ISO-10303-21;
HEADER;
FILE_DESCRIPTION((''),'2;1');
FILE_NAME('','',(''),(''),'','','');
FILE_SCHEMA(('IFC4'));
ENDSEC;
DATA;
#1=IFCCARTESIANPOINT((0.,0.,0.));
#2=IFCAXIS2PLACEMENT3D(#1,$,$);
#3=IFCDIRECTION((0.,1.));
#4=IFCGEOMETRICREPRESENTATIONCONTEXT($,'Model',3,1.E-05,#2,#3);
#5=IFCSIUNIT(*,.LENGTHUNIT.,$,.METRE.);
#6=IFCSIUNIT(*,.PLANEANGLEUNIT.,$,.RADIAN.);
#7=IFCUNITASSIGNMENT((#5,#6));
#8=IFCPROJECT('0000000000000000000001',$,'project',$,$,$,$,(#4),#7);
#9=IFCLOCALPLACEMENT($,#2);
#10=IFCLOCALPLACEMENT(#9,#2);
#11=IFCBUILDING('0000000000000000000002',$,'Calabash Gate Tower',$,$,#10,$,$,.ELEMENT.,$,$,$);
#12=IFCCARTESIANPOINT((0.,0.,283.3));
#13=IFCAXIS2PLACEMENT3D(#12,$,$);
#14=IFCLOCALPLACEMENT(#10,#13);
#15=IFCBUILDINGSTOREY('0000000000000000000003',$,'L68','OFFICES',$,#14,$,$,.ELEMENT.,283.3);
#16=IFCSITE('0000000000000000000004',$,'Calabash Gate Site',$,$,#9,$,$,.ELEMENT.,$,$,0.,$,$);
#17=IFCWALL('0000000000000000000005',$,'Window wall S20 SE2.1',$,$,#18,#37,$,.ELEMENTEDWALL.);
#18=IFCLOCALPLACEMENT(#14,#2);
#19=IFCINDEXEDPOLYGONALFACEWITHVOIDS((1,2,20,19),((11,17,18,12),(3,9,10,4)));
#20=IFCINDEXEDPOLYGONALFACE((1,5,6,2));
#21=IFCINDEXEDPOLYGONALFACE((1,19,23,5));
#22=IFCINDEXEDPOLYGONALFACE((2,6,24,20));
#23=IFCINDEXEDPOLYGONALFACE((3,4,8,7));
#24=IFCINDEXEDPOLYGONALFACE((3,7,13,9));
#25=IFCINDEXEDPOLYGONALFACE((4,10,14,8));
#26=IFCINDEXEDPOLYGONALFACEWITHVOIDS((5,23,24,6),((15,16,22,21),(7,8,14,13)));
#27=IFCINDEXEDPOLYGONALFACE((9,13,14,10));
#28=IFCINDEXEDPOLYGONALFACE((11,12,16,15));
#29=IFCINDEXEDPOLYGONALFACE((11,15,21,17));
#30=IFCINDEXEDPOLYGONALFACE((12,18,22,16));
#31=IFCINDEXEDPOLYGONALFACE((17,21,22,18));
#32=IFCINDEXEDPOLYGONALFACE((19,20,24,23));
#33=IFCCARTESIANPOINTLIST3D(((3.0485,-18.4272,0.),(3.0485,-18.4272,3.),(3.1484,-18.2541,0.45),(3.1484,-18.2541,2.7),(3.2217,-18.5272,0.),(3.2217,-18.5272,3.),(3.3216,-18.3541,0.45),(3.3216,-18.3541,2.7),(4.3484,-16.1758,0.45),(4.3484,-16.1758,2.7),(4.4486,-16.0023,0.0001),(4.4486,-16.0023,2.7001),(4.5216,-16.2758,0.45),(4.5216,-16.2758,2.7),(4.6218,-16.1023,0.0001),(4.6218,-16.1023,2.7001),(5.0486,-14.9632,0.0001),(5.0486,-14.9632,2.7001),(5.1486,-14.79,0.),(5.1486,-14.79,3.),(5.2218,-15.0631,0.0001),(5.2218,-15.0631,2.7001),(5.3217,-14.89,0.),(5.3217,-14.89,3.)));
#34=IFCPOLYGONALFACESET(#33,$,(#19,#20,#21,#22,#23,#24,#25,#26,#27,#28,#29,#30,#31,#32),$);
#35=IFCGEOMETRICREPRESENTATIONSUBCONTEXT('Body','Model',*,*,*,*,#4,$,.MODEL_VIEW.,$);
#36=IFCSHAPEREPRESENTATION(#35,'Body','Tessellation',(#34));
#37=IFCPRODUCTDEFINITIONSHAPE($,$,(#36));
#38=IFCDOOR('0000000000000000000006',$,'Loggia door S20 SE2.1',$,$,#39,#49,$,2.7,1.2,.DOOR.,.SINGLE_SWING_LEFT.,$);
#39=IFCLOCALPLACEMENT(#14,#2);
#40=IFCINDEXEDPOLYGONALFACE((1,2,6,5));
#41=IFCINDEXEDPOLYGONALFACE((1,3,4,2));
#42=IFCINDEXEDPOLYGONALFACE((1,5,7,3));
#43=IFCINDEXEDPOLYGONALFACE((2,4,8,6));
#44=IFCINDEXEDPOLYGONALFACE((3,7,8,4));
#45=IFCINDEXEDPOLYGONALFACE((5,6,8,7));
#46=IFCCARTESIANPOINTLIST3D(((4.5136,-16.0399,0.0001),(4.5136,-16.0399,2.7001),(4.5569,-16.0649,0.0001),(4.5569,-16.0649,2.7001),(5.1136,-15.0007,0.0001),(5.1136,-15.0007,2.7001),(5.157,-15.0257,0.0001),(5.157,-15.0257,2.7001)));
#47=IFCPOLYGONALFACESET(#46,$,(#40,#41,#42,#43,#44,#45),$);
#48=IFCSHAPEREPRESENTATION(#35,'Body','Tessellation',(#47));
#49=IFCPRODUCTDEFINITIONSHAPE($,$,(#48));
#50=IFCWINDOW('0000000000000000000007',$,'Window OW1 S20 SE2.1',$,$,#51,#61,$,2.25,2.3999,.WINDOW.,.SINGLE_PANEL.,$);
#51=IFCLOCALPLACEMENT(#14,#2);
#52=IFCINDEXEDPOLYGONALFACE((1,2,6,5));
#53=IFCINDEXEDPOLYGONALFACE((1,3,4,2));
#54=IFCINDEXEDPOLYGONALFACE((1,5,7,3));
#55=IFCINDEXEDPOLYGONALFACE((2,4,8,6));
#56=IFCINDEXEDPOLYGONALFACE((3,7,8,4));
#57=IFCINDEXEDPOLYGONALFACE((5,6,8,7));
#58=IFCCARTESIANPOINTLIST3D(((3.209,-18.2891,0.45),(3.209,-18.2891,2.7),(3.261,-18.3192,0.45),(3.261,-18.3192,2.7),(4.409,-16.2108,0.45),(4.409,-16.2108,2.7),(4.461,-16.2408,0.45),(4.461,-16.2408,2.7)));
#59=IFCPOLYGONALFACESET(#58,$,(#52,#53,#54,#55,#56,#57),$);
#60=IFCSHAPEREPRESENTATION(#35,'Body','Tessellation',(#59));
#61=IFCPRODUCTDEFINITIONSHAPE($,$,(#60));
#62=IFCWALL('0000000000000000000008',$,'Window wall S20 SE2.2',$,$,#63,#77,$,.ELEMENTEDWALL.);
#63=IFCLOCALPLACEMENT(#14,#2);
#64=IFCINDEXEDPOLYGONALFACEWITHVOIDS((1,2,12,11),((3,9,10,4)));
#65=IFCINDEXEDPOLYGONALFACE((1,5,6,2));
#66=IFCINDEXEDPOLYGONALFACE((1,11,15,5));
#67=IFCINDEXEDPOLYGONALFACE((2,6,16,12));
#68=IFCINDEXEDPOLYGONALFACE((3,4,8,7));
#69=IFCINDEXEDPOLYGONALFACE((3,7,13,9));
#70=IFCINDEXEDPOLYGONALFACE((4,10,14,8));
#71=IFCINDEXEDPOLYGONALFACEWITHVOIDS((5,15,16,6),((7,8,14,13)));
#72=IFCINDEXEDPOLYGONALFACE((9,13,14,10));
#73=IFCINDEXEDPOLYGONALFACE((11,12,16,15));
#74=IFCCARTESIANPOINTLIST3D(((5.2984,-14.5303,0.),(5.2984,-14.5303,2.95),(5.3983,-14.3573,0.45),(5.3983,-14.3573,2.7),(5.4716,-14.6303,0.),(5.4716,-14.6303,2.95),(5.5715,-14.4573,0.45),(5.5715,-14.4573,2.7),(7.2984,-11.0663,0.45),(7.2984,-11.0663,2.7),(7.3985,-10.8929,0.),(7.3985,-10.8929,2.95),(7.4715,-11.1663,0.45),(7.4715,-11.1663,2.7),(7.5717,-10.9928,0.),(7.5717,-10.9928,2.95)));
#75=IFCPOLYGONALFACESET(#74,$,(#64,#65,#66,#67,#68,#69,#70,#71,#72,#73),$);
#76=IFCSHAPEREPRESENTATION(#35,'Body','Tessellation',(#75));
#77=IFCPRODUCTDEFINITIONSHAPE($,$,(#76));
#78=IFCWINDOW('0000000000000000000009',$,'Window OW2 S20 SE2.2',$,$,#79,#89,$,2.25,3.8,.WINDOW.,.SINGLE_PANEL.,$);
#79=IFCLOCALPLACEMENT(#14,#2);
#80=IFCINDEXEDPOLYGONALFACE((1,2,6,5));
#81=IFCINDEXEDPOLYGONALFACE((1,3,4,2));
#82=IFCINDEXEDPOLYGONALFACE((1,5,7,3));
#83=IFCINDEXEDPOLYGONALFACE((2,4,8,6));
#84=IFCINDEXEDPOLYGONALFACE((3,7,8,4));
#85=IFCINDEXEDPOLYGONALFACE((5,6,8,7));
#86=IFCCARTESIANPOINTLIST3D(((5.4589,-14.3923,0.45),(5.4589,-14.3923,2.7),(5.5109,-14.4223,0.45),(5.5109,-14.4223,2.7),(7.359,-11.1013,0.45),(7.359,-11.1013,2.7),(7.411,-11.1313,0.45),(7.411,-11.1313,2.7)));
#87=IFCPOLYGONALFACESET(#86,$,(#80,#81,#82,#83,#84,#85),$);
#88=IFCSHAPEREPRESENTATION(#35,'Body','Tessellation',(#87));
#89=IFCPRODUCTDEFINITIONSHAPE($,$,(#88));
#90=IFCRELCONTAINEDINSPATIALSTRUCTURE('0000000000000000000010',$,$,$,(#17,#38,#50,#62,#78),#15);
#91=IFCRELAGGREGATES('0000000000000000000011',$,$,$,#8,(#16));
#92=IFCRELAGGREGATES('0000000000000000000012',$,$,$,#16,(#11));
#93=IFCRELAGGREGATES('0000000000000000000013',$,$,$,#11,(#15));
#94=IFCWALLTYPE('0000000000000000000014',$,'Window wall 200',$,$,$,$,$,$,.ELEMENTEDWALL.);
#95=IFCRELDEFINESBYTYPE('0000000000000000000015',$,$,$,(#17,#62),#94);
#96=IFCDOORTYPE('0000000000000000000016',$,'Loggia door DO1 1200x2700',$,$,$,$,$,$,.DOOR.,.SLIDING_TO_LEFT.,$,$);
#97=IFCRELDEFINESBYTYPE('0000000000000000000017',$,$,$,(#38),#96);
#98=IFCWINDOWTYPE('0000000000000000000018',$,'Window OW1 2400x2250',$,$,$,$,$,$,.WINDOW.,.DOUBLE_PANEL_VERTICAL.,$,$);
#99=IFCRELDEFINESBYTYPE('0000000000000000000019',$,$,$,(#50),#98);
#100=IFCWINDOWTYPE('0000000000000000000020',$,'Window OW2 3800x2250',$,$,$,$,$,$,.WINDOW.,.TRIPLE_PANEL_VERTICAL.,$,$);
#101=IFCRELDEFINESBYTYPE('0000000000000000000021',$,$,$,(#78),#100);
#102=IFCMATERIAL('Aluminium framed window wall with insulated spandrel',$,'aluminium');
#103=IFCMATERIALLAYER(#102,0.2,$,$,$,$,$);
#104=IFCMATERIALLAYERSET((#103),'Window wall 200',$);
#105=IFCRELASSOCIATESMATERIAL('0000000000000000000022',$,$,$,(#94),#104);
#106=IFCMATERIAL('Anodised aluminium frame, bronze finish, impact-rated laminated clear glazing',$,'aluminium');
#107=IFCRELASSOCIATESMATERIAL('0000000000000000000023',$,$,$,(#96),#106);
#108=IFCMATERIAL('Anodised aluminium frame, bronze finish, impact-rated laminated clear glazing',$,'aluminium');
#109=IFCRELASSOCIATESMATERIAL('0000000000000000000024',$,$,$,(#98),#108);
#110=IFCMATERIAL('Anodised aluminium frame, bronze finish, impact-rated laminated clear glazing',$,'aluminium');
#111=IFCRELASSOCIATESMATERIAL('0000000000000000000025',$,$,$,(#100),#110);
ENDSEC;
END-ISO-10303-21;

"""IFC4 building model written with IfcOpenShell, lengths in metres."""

from ifc_helpers import new_model, si_unit, direction, frame, frame_2d, origin, place, context, subcontext, project, spatial, rectangle, extrude, material, layer, layer_set, type_object, element, fill, save


model = new_model("IFC4")

# Units and contexts
model_context = context("Model", 3, precision=1e-05, world=origin(), true_north=direction((0.0, 1.0)))
body_context = subcontext(model_context, "Body", "Model", "MODEL_VIEW")
ifc_project = project(units=[si_unit("LENGTHUNIT", "METRE"), si_unit("PLANEANGLEUNIT", "RADIAN")], contexts=[model_context])

# Site, building, storey
site_placement = place(None, origin())
site = spatial("IfcSite", under=ifc_project, at=site_placement, Name="Calabash Gate Site", CompositionType="ELEMENT", RefElevation=0.0)
building_placement = place(site_placement, origin())
building = spatial("IfcBuilding", under=site, at=building_placement, Name="Calabash Gate Tower", CompositionType="ELEMENT")
storey_placement = place(building_placement, frame((0.0, 0.0, 283.3)))
storey = spatial("IfcBuildingStorey", under=building, at=storey_placement, Name="L68", Description="OFFICES", CompositionType="ELEMENT", Elevation=283.3)

# Wall, openings, door, window
ifc_material_1 = material(Name="Aluminium framed window wall with insulated spandrel", Category="aluminium")
ifc_layer_1 = layer(ifc_material_1, 0.2)
ifc_layer_set_1 = layer_set([ifc_layer_1], Name="Window wall 200")
wall_type_1 = type_object("IfcWallType", Name="Window wall 200", PredefinedType="ELEMENTEDWALL", material=ifc_layer_set_1)
wall_1_placement = place(storey_placement, frame((3.135, -18.4773, 0.0), z_axis=(0.0, 0.0, 1.0), x_axis=(0.500028, 0.866009, 0.0)))
wall_1 = element("IfcWall", 1, at=wall_1_placement, inside=storey, type_object=wall_type_1, Name="Window wall S20 SE2.1", PredefinedType="ELEMENTEDWALL", context=body_context, shape_type="SweptSolid", body=[
    extrude(rectangle(XDim=4.2, YDim=0.2, at=frame_2d((2.1001, 0.0))), origin(), (0.0, 0.0, 1.0), 3.0),
])
opening_1_placement = place(wall_1_placement, frame((0.2, 0.0, 0.45)))
opening_1 = element("IfcOpeningElement", 2, at=opening_1_placement, cuts=wall_1, PredefinedType="OPENING", context=body_context, shape_type="SweptSolid", body=[
    extrude(rectangle(XDim=2.3999, YDim=2.25, at=frame_2d((1.2, 1.125))), frame((0.0, 0.1099, 0.0), z_axis=(0.0, -1.0, 0.0), x_axis=(1.0, 0.0, 0.0)), (0.0, 0.0, 1.0), 0.22),
])
opening_2_placement = place(wall_1_placement, frame((2.8, 0.0, 0.0)))
opening_2 = element("IfcOpeningElement", 3, at=opening_2_placement, cuts=wall_1, PredefinedType="OPENING", context=body_context, shape_type="SweptSolid", body=[
    extrude(rectangle(XDim=1.2, YDim=2.7, at=frame_2d((0.6001, 1.3501))), frame((0.0, 0.1099, 0.0), z_axis=(0.0, -1.0, 0.0), x_axis=(1.0, 0.0, 0.0)), (0.0, 0.0, 1.0), 0.22),
])
ifc_material_2 = material(Name="Anodised aluminium frame, bronze finish, impact-rated laminated clear glazing", Category="aluminium")
door_type = type_object("IfcDoorType", Name="Loggia door DO1 1200x2700", OperationType="SLIDING_TO_LEFT", PredefinedType="DOOR", material=ifc_material_2)
door_placement = place(opening_2_placement, origin())
door = element("IfcDoor", 4, at=door_placement, inside=storey, type_object=door_type, Name="Loggia door S20 SE2.1", OperationType="SINGLE_SWING_LEFT", OverallHeight=2.7, OverallWidth=1.2, PredefinedType="DOOR", context=body_context, shape_type="SweptSolid", body=[
    extrude(rectangle(XDim=1.2, YDim=2.7, at=frame_2d((0.6001, 1.3501))), frame((0.0, 0.0249, 0.0), z_axis=(0.0, -1.0, 0.0), x_axis=(1.0, 0.0, 0.0)), (0.0, 0.0, 1.0), 0.05),
])
fill(opening_2, door)
ifc_material_3 = material(Name="Anodised aluminium frame, bronze finish, impact-rated laminated clear glazing", Category="aluminium")
window_type_1 = type_object("IfcWindowType", Name="Window OW1 2400x2250", PartitioningType="DOUBLE_PANEL_VERTICAL", PredefinedType="WINDOW", material=ifc_material_3)
window_1_placement = place(opening_1_placement, origin())
window_1 = element("IfcWindow", 5, at=window_1_placement, inside=storey, type_object=window_type_1, Name="Window OW1 S20 SE2.1", OverallHeight=2.25, OverallWidth=2.3999, PartitioningType="SINGLE_PANEL", PredefinedType="WINDOW", context=body_context, shape_type="SweptSolid", body=[
    extrude(rectangle(XDim=2.3999, YDim=2.25, at=frame_2d((1.2, 1.125))), frame((0.0, 0.03, 0.0), z_axis=(0.0, -1.0, 0.0), x_axis=(1.0, 0.0, 0.0)), (0.0, 0.0, 1.0), 0.0601),
])
fill(opening_1, window_1)

# Wall, opening, window
wall_2_placement = place(storey_placement, frame((5.385, -14.5803, 0.0), z_axis=(0.0, 0.0, 1.0), x_axis=(0.500003, 0.866024, 0.0)))
wall_2 = element("IfcWall", 6, at=wall_2_placement, inside=storey, type_object=wall_type_1, Name="Window wall S20 SE2.2", PredefinedType="ELEMENTEDWALL", context=body_context, shape_type="SweptSolid", body=[
    extrude(rectangle(XDim=4.2002, YDim=0.2, at=frame_2d((2.1001, 0.0))), origin(), (0.0, 0.0, 1.0), 2.95),
])
opening_3_placement = place(wall_2_placement, frame((0.2, 0.0, 0.45)))
opening_3 = element("IfcOpeningElement", 7, at=opening_3_placement, cuts=wall_2, PredefinedType="OPENING", context=body_context, shape_type="SweptSolid", body=[
    extrude(rectangle(XDim=3.8, YDim=2.25, at=frame_2d((1.8999, 1.125))), frame((0.0, 0.1099, 0.0), z_axis=(0.0, -1.0, 0.0), x_axis=(1.0, 0.0, 0.0)), (0.0, 0.0, 1.0), 0.22),
])
ifc_material_4 = material(Name="Anodised aluminium frame, bronze finish, impact-rated laminated clear glazing", Category="aluminium")
window_type_2 = type_object("IfcWindowType", Name="Window OW2 3800x2250", PartitioningType="TRIPLE_PANEL_VERTICAL", PredefinedType="WINDOW", material=ifc_material_4)
window_2_placement = place(opening_3_placement, origin())
window_2 = element("IfcWindow", 8, at=window_2_placement, inside=storey, type_object=window_type_2, Name="Window OW2 S20 SE2.2", OverallHeight=2.25, OverallWidth=3.8, PartitioningType="SINGLE_PANEL", PredefinedType="WINDOW", context=body_context, shape_type="SweptSolid", body=[
    extrude(rectangle(XDim=3.8, YDim=2.25, at=frame_2d((1.8999, 1.125))), frame((0.0, 0.03, 0.0), z_axis=(0.0, -1.0, 0.0), x_axis=(1.0, 0.0, 0.0)), (0.0, 0.0, 1.0), 0.0601),
])
fill(opening_3, window_2)

save(model, "model.ifc")
